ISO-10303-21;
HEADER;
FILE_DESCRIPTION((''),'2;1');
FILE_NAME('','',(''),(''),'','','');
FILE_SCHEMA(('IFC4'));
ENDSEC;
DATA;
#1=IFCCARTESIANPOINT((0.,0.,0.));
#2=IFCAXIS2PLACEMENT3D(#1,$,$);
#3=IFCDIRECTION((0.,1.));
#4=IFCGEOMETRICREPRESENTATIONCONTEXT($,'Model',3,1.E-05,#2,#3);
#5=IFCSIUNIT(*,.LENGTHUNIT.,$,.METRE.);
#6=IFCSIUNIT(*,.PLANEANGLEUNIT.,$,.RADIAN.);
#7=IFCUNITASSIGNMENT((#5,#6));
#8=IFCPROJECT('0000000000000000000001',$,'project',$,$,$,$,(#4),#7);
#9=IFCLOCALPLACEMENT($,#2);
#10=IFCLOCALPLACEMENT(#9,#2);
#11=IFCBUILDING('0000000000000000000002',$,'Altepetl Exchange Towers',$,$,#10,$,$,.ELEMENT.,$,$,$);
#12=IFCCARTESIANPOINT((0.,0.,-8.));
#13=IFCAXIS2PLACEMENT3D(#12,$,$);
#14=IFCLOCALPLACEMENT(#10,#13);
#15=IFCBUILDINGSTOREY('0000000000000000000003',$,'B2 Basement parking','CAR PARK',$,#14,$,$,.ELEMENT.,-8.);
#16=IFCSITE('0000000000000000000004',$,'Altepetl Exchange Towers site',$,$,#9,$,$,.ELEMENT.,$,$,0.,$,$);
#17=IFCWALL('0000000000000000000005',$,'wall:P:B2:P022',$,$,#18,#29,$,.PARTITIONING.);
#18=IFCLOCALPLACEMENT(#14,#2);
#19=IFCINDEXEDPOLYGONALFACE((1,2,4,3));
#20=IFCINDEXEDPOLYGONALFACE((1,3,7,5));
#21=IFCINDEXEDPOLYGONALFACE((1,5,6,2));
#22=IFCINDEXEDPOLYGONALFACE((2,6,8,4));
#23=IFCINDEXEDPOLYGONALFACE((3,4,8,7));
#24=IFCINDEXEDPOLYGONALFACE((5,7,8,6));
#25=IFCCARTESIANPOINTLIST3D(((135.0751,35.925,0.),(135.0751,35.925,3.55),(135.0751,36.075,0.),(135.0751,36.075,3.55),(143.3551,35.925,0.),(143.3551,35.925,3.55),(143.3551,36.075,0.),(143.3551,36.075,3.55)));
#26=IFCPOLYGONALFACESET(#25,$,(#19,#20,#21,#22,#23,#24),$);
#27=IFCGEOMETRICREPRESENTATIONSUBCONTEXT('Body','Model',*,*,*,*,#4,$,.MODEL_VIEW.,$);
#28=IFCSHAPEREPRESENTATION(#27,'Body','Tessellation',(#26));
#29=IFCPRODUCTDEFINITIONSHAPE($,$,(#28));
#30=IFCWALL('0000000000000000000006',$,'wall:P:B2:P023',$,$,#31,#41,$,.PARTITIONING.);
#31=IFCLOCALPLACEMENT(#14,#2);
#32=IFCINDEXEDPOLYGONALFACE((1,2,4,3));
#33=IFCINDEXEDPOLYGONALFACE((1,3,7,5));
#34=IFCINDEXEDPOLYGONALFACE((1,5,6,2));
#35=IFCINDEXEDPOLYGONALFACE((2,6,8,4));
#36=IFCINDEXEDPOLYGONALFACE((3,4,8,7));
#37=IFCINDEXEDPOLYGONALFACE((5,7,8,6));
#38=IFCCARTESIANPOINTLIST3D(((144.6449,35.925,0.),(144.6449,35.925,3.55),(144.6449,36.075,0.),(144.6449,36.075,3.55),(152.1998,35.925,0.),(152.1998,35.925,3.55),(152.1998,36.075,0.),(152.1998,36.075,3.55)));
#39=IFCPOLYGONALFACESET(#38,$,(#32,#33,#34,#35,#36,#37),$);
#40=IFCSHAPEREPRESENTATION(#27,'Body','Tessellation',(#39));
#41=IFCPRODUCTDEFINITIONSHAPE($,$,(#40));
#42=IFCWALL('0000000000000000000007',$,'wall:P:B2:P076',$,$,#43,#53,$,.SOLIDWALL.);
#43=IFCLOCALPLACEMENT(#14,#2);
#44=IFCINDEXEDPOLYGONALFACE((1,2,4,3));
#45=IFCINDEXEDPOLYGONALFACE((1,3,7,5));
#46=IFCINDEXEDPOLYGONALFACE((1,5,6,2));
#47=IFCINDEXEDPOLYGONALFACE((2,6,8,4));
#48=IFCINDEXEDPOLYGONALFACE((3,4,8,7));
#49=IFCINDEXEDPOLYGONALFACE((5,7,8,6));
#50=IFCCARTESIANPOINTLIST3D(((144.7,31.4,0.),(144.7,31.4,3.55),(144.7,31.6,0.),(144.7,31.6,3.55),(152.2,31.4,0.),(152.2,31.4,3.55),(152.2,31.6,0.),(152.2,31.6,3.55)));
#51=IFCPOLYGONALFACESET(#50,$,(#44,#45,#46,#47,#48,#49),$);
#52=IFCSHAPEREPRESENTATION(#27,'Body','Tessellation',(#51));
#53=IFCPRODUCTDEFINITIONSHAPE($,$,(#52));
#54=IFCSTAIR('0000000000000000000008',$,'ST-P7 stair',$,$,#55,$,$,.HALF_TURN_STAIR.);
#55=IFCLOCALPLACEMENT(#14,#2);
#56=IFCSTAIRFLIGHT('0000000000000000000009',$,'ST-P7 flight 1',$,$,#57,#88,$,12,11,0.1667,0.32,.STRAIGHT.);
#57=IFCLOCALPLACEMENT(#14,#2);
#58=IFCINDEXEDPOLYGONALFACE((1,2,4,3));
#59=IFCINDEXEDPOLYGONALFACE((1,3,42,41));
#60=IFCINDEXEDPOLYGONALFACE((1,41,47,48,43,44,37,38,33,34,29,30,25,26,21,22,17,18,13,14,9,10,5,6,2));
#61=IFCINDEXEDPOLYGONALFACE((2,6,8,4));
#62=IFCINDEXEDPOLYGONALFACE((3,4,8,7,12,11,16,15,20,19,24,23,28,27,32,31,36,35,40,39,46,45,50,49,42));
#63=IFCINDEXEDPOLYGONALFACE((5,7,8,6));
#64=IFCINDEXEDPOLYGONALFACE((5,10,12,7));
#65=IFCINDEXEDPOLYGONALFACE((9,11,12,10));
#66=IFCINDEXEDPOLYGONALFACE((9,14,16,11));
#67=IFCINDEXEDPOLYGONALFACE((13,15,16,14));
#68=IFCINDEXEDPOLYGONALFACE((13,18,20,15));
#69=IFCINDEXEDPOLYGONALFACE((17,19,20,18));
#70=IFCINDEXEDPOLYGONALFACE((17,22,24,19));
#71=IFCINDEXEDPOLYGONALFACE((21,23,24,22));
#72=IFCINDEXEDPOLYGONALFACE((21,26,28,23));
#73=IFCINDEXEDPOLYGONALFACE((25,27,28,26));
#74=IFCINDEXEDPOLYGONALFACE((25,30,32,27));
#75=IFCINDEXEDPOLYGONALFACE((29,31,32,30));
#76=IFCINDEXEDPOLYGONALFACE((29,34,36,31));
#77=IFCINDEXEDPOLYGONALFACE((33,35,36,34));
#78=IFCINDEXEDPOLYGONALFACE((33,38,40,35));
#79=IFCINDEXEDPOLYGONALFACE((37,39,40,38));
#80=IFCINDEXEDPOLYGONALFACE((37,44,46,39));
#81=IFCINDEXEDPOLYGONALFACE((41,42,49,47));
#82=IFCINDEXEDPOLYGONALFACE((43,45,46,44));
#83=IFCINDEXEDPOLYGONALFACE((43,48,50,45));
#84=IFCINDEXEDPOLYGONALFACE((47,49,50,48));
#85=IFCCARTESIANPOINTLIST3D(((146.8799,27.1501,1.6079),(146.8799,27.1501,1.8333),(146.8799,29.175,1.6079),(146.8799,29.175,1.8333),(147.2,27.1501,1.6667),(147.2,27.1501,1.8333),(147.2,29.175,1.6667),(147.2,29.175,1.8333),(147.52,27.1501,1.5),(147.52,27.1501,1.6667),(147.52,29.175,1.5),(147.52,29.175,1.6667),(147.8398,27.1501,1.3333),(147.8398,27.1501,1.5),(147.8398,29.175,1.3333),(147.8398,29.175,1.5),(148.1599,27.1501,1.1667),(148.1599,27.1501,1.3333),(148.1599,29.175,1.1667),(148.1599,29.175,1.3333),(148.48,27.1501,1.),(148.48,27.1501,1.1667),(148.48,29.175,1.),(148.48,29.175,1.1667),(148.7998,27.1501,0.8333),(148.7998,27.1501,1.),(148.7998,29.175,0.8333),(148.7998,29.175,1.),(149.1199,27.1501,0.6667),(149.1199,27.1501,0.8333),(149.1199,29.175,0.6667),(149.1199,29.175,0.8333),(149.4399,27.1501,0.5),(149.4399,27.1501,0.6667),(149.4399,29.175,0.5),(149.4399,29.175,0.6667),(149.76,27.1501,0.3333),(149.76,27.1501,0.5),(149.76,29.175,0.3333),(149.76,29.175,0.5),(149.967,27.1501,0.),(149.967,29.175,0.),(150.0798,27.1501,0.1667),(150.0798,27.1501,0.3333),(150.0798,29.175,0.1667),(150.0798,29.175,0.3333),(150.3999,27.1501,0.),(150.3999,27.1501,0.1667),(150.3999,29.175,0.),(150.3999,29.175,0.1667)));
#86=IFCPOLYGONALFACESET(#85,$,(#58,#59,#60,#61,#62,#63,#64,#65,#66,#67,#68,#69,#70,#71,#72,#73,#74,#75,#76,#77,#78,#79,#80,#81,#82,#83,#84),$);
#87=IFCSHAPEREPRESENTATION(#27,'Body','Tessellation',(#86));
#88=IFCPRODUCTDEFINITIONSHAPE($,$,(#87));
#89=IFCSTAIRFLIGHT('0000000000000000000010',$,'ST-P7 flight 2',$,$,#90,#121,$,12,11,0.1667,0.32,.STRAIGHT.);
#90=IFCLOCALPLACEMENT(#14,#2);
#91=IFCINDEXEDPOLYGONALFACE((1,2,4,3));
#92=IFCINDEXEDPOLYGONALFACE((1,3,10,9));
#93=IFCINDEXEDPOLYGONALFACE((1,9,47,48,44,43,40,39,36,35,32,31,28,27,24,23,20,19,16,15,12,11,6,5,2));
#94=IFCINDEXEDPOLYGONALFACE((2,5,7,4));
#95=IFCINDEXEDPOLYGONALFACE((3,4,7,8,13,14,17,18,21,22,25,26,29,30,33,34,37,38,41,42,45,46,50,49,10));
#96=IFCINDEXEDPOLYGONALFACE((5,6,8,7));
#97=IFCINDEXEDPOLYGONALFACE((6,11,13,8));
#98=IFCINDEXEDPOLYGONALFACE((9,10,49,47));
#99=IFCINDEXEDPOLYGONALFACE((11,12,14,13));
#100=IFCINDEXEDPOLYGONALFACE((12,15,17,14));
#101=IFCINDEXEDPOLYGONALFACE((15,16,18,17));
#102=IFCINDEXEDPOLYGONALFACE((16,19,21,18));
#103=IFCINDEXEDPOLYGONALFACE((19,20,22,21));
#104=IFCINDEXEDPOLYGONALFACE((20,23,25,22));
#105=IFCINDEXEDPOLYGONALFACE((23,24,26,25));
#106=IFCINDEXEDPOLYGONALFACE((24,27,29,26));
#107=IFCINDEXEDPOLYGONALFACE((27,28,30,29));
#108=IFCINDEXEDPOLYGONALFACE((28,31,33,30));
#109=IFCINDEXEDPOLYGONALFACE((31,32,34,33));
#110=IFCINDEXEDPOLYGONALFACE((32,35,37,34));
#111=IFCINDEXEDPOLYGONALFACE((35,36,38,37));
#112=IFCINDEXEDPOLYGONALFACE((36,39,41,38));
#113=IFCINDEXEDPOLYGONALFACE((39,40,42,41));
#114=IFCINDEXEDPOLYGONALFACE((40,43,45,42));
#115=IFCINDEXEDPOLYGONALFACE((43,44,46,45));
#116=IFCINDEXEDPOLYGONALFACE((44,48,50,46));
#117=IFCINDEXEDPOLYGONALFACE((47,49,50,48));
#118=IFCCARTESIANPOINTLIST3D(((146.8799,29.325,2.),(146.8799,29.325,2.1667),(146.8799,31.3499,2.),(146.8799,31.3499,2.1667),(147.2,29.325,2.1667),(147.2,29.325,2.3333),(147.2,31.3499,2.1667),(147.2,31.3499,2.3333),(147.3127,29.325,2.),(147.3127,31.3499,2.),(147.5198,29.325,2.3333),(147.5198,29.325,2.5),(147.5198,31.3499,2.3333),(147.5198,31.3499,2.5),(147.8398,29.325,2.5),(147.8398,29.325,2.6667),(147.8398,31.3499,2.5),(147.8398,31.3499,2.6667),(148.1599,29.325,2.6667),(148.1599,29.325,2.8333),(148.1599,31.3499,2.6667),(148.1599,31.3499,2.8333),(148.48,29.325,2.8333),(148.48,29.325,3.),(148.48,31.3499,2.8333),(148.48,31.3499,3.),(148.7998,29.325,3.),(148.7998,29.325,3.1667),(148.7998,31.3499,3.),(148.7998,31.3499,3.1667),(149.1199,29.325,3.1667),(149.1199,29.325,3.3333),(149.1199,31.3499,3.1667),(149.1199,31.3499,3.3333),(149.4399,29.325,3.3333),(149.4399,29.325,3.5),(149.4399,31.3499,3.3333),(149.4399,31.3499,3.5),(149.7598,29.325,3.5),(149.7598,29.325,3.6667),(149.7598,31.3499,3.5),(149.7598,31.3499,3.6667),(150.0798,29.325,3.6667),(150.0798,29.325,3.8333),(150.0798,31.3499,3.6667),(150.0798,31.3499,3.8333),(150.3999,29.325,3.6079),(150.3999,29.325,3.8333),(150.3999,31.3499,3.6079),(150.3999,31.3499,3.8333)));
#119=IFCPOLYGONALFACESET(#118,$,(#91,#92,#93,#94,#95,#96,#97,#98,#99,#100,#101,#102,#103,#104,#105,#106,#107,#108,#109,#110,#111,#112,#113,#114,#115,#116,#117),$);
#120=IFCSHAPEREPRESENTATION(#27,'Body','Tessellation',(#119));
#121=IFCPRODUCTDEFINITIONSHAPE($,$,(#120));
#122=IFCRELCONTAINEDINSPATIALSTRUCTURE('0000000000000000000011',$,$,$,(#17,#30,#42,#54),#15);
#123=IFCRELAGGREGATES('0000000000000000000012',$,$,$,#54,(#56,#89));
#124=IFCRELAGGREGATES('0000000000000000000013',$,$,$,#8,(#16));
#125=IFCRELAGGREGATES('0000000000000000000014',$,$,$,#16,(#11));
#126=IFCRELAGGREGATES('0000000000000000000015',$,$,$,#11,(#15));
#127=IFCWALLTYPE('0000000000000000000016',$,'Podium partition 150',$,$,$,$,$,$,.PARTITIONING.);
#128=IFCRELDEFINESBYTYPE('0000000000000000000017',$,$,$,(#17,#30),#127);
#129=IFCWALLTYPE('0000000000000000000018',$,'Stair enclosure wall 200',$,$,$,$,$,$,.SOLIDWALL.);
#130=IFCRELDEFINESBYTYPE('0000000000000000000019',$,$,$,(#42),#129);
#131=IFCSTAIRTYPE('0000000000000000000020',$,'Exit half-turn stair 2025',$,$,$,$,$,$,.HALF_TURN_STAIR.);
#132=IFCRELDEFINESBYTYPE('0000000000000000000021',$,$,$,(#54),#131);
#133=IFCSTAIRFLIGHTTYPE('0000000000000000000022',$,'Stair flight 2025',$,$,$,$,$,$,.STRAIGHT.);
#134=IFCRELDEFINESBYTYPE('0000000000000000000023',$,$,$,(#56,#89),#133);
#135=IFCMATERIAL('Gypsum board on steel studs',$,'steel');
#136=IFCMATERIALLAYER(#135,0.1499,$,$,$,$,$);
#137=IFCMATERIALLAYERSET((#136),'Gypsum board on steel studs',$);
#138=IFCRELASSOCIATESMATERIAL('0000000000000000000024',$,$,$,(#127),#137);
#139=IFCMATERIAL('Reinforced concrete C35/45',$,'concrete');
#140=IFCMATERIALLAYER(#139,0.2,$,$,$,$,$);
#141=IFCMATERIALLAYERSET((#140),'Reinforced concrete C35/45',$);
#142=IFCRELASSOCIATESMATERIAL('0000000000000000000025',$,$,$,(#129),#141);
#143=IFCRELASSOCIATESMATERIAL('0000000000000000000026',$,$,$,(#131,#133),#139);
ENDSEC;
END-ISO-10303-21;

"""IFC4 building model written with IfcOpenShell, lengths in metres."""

from ifc_helpers import new_model, si_unit, direction, frame, frame_2d, origin, place, context, subcontext, project, spatial, polyline, rectangle, outline, extrude, material, layer, layer_set, type_object, element, aggregate, save


model = new_model("IFC4")

# Units and contexts
model_context = context("Model", 3, precision=1e-05, world=origin(), true_north=direction((0.0, 1.0)))
body_context = subcontext(model_context, "Body", "Model", "MODEL_VIEW")
ifc_project = project(units=[si_unit("LENGTHUNIT", "METRE"), si_unit("PLANEANGLEUNIT", "RADIAN")], contexts=[model_context])

# Site, building, storey
site_placement = place(None, origin())
site = spatial("IfcSite", under=ifc_project, at=site_placement, Name="Altepetl Exchange Towers site", CompositionType="ELEMENT", RefElevation=0.0)
building_placement = place(site_placement, origin())
building = spatial("IfcBuilding", under=site, at=building_placement, Name="Altepetl Exchange Towers", CompositionType="ELEMENT")
storey_placement = place(building_placement, frame((0.0, 0.0, -8.0)))
storey = spatial("IfcBuildingStorey", under=building, at=storey_placement, Name="B2 Basement parking", Description="CAR PARK", CompositionType="ELEMENT", Elevation=-8.0)

# Walls
ifc_material_1 = material(Name="Reinforced concrete C35/45", Category="concrete")
ifc_material_2 = material(Name="Gypsum board on steel studs", Category="steel")
ifc_layer_1 = layer(ifc_material_2, 0.1499)
ifc_layer_set_1 = layer_set([ifc_layer_1], Name="Gypsum board on steel studs")
wall_type_1 = type_object("IfcWallType", Name="Podium partition 150", PredefinedType="PARTITIONING", material=ifc_layer_set_1)
wall_1_placement = place(storey_placement, frame((135.075, 36.0, 0.0)))
element("IfcWall", 1, at=wall_1_placement, inside=storey, type_object=wall_type_1, Name="wall:P:B2:P022", PredefinedType="PARTITIONING", context=body_context, shape_type="SweptSolid", body=[
    extrude(rectangle(XDim=8.28, YDim=0.1499, at=frame_2d((4.1401, 0.0))), origin(), (0.0, 0.0, 1.0), 3.55),
])
wall_2_placement = place(storey_placement, frame((144.645, 36.0, 0.0)))
element("IfcWall", 2, at=wall_2_placement, inside=storey, type_object=wall_type_1, Name="wall:P:B2:P023", PredefinedType="PARTITIONING", context=body_context, shape_type="SweptSolid", body=[
    extrude(rectangle(XDim=7.5549, YDim=0.1499, at=frame_2d((3.7773, 0.0))), origin(), (0.0, 0.0, 1.0), 3.55),
])
ifc_layer_2 = layer(ifc_material_1, 0.2)
ifc_layer_set_2 = layer_set([ifc_layer_2], Name="Reinforced concrete C35/45")
wall_type_2 = type_object("IfcWallType", Name="Stair enclosure wall 200", PredefinedType="SOLIDWALL", material=ifc_layer_set_2)
wall_3_placement = place(storey_placement, frame((144.7, 31.5, 0.0)))
element("IfcWall", 3, at=wall_3_placement, inside=storey, type_object=wall_type_2, Name="wall:P:B2:P076", PredefinedType="SOLIDWALL", context=body_context, shape_type="SweptSolid", body=[
    extrude(rectangle(XDim=7.5, YDim=0.2, at=frame_2d((3.75, 0.0))), origin(), (0.0, 0.0, 1.0), 3.55),
])

# Stair, stair flights
stair_type = type_object("IfcStairType", Name="Exit half-turn stair 2025", PredefinedType="HALF_TURN_STAIR", material=ifc_material_1)
stair_placement = place(storey_placement, origin())
stair = element("IfcStair", 4, at=stair_placement, inside=storey, type_object=stair_type, Name="ST-P7 stair", PredefinedType="HALF_TURN_STAIR")
stair_flight_type = type_object("IfcStairFlightType", Name="Stair flight 2025", PredefinedType="STRAIGHT", material=ifc_material_1)
stair_flight_1_placement = place(storey_placement, frame((150.3999, 28.1626, 0.0), z_axis=(0.0, 0.0, 1.0), x_axis=(-1.0, 0.0, 0.0)))
stair_flight_1 = element("IfcStairFlight", 5, at=stair_flight_1_placement, type_object=stair_flight_type, Name="ST-P7 flight 1", NumberOfRisers=12, NumberOfTreads=11, PredefinedType="STRAIGHT", RiserHeight=0.1667, TreadLength=0.32, context=body_context, shape_type="SweptSolid", body=[
    extrude(outline(polyline([(0.0, 0.0), (0.0, 0.1667), (0.3201, 0.1667), (0.3201, 0.3333), (0.6399, 0.3333), (0.6399, 0.5), (0.96, 0.5), (0.96, 0.6667), (1.28, 0.6667), (1.28, 0.8333), (1.6001, 0.8333), (1.6001, 1.0), (1.9199, 1.0), (1.9199, 1.1667), (2.24, 1.1667), (2.24, 1.3333), (2.5601, 1.3333), (2.5601, 1.5), (2.8799, 1.5), (2.8799, 1.6667), (3.2, 1.6667), (3.2, 1.8333), (3.52, 1.8333), (3.52, 2.0), (3.52, 1.6079), (0.4329, 0.0), (0.0, 0.0)])), frame((0.0, 1.0125, 0.0), z_axis=(0.0, -1.0, 0.0), x_axis=(1.0, 0.0, 0.0)), (0.0, 0.0, 1.0), 2.0249),
])
stair_flight_2_placement = place(storey_placement, frame((146.8799, 30.3374, 2.0)))
stair_flight_2 = element("IfcStairFlight", 6, at=stair_flight_2_placement, type_object=stair_flight_type, Name="ST-P7 flight 2", NumberOfRisers=12, NumberOfTreads=11, PredefinedType="STRAIGHT", RiserHeight=0.1667, TreadLength=0.32, context=body_context, shape_type="SweptSolid", body=[
    extrude(outline(polyline([(0.0, 0.0), (0.0, 0.1667), (0.3201, 0.1667), (0.3201, 0.3333), (0.6399, 0.3333), (0.6399, 0.5), (0.96, 0.5), (0.96, 0.6667), (1.28, 0.6667), (1.28, 0.8333), (1.6001, 0.8333), (1.6001, 1.0), (1.9199, 1.0), (1.9199, 1.1667), (2.24, 1.1667), (2.24, 1.3333), (2.5601, 1.3333), (2.5601, 1.5), (2.8799, 1.5), (2.8799, 1.6667), (3.2, 1.6667), (3.2, 1.8333), (3.52, 1.8333), (3.52, 2.0), (3.52, 1.6079), (0.4329, 0.0), (0.0, 0.0)])), frame((0.0, 1.0125, 0.0), z_axis=(0.0, -1.0, 0.0), x_axis=(1.0, 0.0, 0.0)), (0.0, 0.0, 1.0), 2.0249),
])
aggregate(stair, [stair_flight_1, stair_flight_2])

save(model, "model.ifc")
